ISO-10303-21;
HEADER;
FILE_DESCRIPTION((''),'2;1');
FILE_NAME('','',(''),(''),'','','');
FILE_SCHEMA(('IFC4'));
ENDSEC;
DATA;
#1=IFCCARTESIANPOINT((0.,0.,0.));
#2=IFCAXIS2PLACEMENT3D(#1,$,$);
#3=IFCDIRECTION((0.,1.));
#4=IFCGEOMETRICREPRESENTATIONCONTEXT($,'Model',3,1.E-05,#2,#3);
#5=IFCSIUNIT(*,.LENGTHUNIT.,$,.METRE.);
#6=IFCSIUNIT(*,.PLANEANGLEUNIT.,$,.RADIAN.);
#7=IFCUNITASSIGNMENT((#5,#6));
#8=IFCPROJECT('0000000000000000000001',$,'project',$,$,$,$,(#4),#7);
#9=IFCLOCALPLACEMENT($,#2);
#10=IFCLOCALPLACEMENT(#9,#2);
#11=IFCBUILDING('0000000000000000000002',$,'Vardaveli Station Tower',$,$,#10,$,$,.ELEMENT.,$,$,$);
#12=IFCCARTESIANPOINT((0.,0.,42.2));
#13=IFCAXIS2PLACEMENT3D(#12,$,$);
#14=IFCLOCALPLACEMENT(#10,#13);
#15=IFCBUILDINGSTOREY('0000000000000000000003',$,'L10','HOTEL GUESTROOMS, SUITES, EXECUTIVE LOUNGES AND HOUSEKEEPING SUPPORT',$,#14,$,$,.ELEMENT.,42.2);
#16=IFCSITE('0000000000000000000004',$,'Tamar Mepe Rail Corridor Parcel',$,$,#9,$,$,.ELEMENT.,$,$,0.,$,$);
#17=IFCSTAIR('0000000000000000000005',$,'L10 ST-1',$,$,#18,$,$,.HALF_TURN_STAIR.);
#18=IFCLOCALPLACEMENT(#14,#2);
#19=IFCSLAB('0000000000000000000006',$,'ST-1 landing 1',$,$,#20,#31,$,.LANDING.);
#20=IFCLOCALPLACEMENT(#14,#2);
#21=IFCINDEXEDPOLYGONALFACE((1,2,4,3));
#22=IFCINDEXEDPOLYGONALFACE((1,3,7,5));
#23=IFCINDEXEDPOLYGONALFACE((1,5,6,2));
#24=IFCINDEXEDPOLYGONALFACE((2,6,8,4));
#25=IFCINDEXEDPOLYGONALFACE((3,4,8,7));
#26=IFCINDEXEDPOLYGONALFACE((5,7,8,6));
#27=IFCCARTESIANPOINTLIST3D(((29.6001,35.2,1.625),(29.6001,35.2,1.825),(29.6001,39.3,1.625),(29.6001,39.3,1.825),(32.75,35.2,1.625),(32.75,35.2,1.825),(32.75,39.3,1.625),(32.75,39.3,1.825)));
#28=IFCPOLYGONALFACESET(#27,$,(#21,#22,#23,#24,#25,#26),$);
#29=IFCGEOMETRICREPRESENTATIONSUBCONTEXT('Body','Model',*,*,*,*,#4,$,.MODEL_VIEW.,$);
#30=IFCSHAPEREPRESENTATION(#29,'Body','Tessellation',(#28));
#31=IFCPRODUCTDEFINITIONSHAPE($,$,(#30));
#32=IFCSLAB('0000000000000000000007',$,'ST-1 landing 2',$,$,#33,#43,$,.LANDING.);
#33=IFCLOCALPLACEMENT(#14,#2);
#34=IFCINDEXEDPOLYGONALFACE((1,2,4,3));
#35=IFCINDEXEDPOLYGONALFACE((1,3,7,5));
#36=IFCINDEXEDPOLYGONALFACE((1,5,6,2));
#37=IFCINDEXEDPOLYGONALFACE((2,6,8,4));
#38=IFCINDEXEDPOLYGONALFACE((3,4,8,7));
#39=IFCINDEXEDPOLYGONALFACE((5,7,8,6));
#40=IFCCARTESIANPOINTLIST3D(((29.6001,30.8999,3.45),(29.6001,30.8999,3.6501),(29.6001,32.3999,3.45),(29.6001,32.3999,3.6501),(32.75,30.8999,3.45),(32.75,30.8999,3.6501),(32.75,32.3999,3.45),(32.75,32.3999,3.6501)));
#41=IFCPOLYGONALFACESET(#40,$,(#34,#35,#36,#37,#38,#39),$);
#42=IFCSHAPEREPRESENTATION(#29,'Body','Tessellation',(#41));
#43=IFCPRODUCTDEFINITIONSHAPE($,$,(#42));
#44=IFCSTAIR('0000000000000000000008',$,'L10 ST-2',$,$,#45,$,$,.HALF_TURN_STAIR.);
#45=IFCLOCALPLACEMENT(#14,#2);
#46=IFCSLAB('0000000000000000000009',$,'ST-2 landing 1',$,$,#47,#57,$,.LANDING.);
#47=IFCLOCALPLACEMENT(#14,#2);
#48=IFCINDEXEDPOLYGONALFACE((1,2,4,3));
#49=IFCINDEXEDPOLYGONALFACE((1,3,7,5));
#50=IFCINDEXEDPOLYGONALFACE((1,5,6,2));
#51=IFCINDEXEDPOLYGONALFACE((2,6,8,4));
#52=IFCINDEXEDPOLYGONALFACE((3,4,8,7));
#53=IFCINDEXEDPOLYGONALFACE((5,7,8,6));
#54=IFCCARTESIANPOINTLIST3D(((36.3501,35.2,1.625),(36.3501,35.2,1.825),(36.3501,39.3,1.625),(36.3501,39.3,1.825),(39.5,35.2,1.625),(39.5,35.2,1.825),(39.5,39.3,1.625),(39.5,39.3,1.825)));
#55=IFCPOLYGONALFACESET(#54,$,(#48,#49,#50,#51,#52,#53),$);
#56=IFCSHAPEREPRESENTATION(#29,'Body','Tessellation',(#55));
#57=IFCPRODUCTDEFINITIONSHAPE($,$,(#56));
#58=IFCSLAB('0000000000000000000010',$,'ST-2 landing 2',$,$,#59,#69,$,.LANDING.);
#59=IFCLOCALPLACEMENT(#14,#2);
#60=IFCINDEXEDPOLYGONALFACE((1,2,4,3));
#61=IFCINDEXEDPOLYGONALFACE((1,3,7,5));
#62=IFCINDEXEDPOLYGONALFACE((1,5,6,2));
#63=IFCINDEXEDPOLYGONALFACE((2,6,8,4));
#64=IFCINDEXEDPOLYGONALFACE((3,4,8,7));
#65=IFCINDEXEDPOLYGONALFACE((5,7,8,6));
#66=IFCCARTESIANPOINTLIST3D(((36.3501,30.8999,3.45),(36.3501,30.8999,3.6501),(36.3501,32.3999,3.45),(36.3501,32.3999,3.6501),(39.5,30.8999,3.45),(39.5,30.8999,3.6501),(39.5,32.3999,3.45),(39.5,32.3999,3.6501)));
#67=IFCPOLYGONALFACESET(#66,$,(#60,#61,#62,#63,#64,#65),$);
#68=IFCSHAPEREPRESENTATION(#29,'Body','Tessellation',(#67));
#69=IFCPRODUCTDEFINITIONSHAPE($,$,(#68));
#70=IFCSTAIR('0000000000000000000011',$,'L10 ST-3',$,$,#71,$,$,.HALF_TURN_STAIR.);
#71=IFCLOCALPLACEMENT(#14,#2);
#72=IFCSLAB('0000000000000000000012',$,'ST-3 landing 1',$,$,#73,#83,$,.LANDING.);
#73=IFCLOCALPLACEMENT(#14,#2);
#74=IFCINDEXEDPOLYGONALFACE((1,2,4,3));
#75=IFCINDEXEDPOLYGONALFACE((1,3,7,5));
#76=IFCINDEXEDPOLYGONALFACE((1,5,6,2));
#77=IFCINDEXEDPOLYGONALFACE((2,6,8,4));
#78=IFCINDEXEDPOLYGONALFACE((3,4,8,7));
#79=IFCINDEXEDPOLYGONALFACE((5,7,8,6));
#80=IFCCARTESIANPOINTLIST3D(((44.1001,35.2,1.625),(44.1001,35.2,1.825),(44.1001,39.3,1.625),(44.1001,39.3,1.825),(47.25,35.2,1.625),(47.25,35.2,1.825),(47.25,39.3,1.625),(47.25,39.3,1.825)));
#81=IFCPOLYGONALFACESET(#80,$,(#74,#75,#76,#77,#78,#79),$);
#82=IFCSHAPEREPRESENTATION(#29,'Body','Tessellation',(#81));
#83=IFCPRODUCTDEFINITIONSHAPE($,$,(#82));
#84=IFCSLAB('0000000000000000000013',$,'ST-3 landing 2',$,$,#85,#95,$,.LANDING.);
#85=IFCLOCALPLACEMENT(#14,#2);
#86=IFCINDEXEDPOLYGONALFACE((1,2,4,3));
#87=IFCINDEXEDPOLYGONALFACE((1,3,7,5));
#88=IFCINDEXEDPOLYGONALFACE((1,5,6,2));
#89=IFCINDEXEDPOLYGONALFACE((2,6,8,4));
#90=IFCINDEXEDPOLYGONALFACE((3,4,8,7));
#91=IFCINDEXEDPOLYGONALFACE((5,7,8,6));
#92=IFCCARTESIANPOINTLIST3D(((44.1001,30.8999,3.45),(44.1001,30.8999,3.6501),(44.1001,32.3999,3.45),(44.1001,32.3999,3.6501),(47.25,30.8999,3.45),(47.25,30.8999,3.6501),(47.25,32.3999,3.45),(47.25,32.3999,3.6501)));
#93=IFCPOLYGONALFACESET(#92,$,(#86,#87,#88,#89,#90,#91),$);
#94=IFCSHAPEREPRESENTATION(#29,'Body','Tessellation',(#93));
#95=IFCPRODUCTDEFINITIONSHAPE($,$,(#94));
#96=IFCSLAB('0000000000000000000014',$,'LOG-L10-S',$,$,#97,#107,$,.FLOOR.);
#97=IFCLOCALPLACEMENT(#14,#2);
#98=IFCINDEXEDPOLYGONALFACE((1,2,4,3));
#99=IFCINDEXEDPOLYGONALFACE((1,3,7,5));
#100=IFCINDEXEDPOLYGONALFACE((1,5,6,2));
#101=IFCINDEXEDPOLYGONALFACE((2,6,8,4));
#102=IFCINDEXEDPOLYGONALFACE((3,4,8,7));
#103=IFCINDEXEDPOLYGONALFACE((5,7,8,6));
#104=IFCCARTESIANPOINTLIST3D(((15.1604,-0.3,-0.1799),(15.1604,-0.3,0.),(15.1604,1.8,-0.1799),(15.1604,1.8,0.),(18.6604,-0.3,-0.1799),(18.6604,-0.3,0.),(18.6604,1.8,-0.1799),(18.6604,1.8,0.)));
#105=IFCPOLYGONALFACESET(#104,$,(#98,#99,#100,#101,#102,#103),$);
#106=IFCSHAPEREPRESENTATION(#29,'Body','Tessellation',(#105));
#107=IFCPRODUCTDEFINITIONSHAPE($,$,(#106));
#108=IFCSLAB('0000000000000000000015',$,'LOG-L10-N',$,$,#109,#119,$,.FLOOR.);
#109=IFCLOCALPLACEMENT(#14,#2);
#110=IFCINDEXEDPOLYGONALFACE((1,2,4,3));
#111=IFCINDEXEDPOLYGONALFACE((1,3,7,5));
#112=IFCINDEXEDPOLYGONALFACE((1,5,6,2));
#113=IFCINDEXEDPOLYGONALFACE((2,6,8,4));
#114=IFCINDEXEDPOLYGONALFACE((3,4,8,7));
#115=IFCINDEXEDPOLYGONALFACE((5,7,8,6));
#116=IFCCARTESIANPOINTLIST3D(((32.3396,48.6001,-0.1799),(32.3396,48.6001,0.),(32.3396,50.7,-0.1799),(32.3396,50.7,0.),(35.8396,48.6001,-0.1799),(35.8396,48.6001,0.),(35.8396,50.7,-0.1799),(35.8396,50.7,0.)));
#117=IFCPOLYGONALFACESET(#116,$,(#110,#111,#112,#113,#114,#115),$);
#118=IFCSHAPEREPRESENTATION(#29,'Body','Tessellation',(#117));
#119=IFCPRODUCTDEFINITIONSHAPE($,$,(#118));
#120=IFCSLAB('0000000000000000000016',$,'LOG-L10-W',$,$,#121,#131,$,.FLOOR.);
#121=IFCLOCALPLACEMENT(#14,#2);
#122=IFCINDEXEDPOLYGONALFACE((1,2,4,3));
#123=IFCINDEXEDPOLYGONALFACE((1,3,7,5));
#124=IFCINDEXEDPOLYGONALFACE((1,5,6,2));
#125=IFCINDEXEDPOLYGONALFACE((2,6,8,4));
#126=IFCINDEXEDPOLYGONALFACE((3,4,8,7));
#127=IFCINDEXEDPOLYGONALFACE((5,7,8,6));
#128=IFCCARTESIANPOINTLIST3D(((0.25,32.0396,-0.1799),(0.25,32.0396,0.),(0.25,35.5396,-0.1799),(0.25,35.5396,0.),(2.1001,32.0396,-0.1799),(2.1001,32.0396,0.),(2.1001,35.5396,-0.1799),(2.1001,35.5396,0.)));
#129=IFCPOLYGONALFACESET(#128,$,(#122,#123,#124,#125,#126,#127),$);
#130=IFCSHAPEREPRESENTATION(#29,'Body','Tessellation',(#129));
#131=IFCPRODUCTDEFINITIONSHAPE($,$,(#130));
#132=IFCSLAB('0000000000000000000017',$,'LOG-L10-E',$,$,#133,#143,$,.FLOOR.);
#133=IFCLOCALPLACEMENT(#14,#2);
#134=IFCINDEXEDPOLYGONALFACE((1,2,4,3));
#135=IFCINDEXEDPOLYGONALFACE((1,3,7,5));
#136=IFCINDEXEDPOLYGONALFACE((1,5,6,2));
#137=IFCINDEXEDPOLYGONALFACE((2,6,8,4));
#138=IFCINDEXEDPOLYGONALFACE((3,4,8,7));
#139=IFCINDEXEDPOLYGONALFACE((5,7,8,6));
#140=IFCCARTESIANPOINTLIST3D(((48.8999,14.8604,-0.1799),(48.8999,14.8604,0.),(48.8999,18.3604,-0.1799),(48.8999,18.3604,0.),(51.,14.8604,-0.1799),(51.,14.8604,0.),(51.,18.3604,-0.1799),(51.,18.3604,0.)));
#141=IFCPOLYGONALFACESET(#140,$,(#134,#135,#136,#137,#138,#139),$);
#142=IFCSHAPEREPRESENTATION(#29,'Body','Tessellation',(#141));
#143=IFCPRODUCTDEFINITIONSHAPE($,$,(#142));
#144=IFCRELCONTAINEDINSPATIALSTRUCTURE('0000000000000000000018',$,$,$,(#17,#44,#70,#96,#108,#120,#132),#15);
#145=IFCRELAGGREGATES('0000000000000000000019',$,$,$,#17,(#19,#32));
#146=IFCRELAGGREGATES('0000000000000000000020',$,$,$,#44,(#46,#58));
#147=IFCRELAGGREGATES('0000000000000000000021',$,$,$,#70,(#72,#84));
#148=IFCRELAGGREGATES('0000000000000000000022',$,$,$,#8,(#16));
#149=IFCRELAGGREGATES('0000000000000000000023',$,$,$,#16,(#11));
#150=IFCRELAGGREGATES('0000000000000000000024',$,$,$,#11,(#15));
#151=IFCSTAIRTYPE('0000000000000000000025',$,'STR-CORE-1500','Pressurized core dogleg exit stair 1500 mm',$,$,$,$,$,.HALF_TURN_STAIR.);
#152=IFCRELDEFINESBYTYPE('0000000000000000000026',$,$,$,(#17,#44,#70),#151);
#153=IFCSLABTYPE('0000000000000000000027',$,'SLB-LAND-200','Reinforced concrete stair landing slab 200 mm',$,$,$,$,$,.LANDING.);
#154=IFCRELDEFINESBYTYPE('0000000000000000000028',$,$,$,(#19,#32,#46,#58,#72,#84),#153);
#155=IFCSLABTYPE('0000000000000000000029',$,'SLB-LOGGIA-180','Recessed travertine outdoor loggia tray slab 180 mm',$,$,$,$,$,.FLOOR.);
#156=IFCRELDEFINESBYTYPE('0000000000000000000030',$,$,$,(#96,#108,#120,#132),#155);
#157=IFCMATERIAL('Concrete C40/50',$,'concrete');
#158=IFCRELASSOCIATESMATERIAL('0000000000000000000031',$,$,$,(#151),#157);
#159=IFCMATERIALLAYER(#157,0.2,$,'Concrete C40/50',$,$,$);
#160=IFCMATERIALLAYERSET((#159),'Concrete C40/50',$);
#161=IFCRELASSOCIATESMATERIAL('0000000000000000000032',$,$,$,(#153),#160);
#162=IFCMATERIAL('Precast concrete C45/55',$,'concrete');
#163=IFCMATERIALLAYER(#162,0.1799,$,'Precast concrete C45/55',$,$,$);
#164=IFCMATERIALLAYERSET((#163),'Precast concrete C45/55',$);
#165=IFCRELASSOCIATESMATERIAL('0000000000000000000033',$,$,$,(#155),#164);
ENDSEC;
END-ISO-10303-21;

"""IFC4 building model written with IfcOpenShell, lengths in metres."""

from ifc_helpers import new_model, si_unit, direction, frame, origin, place, context, subcontext, project, spatial, polyline, outline, extrude, material, layer, layer_set, type_object, element, aggregate, save


model = new_model("IFC4")

# Units and contexts
model_context = context("Model", 3, precision=1e-05, world=origin(), true_north=direction((0.0, 1.0)))
body_context = subcontext(model_context, "Body", "Model", "MODEL_VIEW")
ifc_project = project(units=[si_unit("LENGTHUNIT", "METRE"), si_unit("PLANEANGLEUNIT", "RADIAN")], contexts=[model_context])

# Site, building, storey
site_placement = place(None, origin())
site = spatial("IfcSite", under=ifc_project, at=site_placement, Name="Tamar Mepe Rail Corridor Parcel", CompositionType="ELEMENT", RefElevation=0.0)
building_placement = place(site_placement, origin())
building = spatial("IfcBuilding", under=site, at=building_placement, Name="Vardaveli Station Tower", CompositionType="ELEMENT")
storey_placement = place(building_placement, frame((0.0, 0.0, 42.2)))
storey = spatial("IfcBuildingStorey", under=building, at=storey_placement, Name="L10", Description="HOTEL GUESTROOMS, SUITES, EXECUTIVE LOUNGES AND HOUSEKEEPING SUPPORT", CompositionType="ELEMENT", Elevation=42.2)

# Stairs, slabs
ifc_material_1 = material(Name="Concrete C40/50", Category="concrete")
stair_type = type_object("IfcStairType", Name="STR-CORE-1500", Description="Pressurized core dogleg exit stair 1500 mm", PredefinedType="HALF_TURN_STAIR", material=ifc_material_1)
stair_1_placement = place(storey_placement, origin())
stair_1 = element("IfcStair", 1, at=stair_1_placement, inside=storey, type_object=stair_type, Name="L10 ST-1", PredefinedType="HALF_TURN_STAIR")
ifc_layer_1 = layer(ifc_material_1, 0.2, Name="Concrete C40/50")
ifc_layer_set_1 = layer_set([ifc_layer_1], Name="Concrete C40/50")
slab_type_1 = type_object("IfcSlabType", Name="SLB-LAND-200", Description="Reinforced concrete stair landing slab 200 mm", PredefinedType="LANDING", material=ifc_layer_set_1)
slab_1_placement = place(storey_placement, frame((0.0, 0.0, 1.625)))
slab_1 = element("IfcSlab", 2, at=slab_1_placement, type_object=slab_type_1, Name="ST-1 landing 1", PredefinedType="LANDING", context=body_context, shape_type="SweptSolid", body=[
    extrude(outline(polyline([(32.75, 35.2), (32.75, 39.3), (29.6001, 39.3), (29.6001, 35.2), (32.75, 35.2)])), origin(), (0.0, 0.0, 1.0), 0.2),
])
slab_2_placement = place(storey_placement, frame((0.0, 0.0, 3.45)))
slab_2 = element("IfcSlab", 3, at=slab_2_placement, type_object=slab_type_1, Name="ST-1 landing 2", PredefinedType="LANDING", context=body_context, shape_type="SweptSolid", body=[
    extrude(outline(polyline([(32.75, 30.8999), (32.75, 32.3999), (29.6001, 32.3999), (29.6001, 30.8999), (32.75, 30.8999)])), origin(), (0.0, 0.0, 1.0), 0.2002),
])
aggregate(stair_1, [slab_1, slab_2])
stair_2_placement = place(storey_placement, origin())
stair_2 = element("IfcStair", 4, at=stair_2_placement, inside=storey, type_object=stair_type, Name="L10 ST-2", PredefinedType="HALF_TURN_STAIR")
slab_3_placement = place(storey_placement, frame((0.0, 0.0, 1.625)))
slab_3 = element("IfcSlab", 5, at=slab_3_placement, type_object=slab_type_1, Name="ST-2 landing 1", PredefinedType="LANDING", context=body_context, shape_type="SweptSolid", body=[
    extrude(outline(polyline([(39.5, 35.2), (39.5, 39.3), (36.3501, 39.3), (36.3501, 35.2), (39.5, 35.2)])), origin(), (0.0, 0.0, 1.0), 0.2),
])
slab_4_placement = place(storey_placement, frame((0.0, 0.0, 3.45)))
slab_4 = element("IfcSlab", 6, at=slab_4_placement, type_object=slab_type_1, Name="ST-2 landing 2", PredefinedType="LANDING", context=body_context, shape_type="SweptSolid", body=[
    extrude(outline(polyline([(39.5, 30.8999), (39.5, 32.3999), (36.3501, 32.3999), (36.3501, 30.8999), (39.5, 30.8999)])), origin(), (0.0, 0.0, 1.0), 0.2002),
])
aggregate(stair_2, [slab_3, slab_4])
stair_3_placement = place(storey_placement, origin())
stair_3 = element("IfcStair", 7, at=stair_3_placement, inside=storey, type_object=stair_type, Name="L10 ST-3", PredefinedType="HALF_TURN_STAIR")
slab_5_placement = place(storey_placement, frame((0.0, 0.0, 1.625)))
slab_5 = element("IfcSlab", 8, at=slab_5_placement, type_object=slab_type_1, Name="ST-3 landing 1", PredefinedType="LANDING", context=body_context, shape_type="SweptSolid", body=[
    extrude(outline(polyline([(47.25, 35.2), (47.25, 39.3), (44.1001, 39.3), (44.1001, 35.2), (47.25, 35.2)])), origin(), (0.0, 0.0, 1.0), 0.2),
])
slab_6_placement = place(storey_placement, frame((0.0, 0.0, 3.45)))
slab_6 = element("IfcSlab", 9, at=slab_6_placement, type_object=slab_type_1, Name="ST-3 landing 2", PredefinedType="LANDING", context=body_context, shape_type="SweptSolid", body=[
    extrude(outline(polyline([(47.25, 30.8999), (47.25, 32.3999), (44.1001, 32.3999), (44.1001, 30.8999), (47.25, 30.8999)])), origin(), (0.0, 0.0, 1.0), 0.2002),
])
aggregate(stair_3, [slab_5, slab_6])

# Slabs
ifc_material_2 = material(Name="Precast concrete C45/55", Category="concrete")
ifc_layer_2 = layer(ifc_material_2, 0.1799, Name="Precast concrete C45/55")
ifc_layer_set_2 = layer_set([ifc_layer_2], Name="Precast concrete C45/55")
slab_type_2 = type_object("IfcSlabType", Name="SLB-LOGGIA-180", Description="Recessed travertine outdoor loggia tray slab 180 mm", PredefinedType="FLOOR", material=ifc_layer_set_2)
slab_7_placement = place(storey_placement, frame((0.0, 0.0, -0.1799)))
element("IfcSlab", 10, at=slab_7_placement, inside=storey, type_object=slab_type_2, Name="LOG-L10-S", PredefinedType="FLOOR", context=body_context, shape_type="SweptSolid", body=[
    extrude(outline(polyline([(15.1604, -0.3), (18.6604, -0.3), (18.6604, 1.8), (15.1604, 1.8), (15.1604, -0.3)])), origin(), (0.0, 0.0, 1.0), 0.1799),
])
slab_8_placement = place(storey_placement, frame((0.0, 0.0, -0.1799)))
element("IfcSlab", 11, at=slab_8_placement, inside=storey, type_object=slab_type_2, Name="LOG-L10-N", PredefinedType="FLOOR", context=body_context, shape_type="SweptSolid", body=[
    extrude(outline(polyline([(32.3396, 48.6001), (35.8396, 48.6001), (35.8396, 50.7), (32.3396, 50.7), (32.3396, 48.6001)])), origin(), (0.0, 0.0, 1.0), 0.1799),
])
slab_9_placement = place(storey_placement, frame((0.0, 0.0, -0.1799)))
element("IfcSlab", 12, at=slab_9_placement, inside=storey, type_object=slab_type_2, Name="LOG-L10-W", PredefinedType="FLOOR", context=body_context, shape_type="SweptSolid", body=[
    extrude(outline(polyline([(0.25, 32.0396), (2.1001, 32.0396), (2.1001, 35.5396), (0.25, 35.5396), (0.25, 32.0396)])), origin(), (0.0, 0.0, 1.0), 0.1799),
])
slab_10_placement = place(storey_placement, frame((0.0, 0.0, -0.1799)))
element("IfcSlab", 13, at=slab_10_placement, inside=storey, type_object=slab_type_2, Name="LOG-L10-E", PredefinedType="FLOOR", context=body_context, shape_type="SweptSolid", body=[
    extrude(outline(polyline([(48.8999, 14.8604), (51.0, 14.8604), (51.0, 18.3604), (48.8999, 18.3604), (48.8999, 14.8604)])), origin(), (0.0, 0.0, 1.0), 0.1799),
])

save(model, "model.ifc")
